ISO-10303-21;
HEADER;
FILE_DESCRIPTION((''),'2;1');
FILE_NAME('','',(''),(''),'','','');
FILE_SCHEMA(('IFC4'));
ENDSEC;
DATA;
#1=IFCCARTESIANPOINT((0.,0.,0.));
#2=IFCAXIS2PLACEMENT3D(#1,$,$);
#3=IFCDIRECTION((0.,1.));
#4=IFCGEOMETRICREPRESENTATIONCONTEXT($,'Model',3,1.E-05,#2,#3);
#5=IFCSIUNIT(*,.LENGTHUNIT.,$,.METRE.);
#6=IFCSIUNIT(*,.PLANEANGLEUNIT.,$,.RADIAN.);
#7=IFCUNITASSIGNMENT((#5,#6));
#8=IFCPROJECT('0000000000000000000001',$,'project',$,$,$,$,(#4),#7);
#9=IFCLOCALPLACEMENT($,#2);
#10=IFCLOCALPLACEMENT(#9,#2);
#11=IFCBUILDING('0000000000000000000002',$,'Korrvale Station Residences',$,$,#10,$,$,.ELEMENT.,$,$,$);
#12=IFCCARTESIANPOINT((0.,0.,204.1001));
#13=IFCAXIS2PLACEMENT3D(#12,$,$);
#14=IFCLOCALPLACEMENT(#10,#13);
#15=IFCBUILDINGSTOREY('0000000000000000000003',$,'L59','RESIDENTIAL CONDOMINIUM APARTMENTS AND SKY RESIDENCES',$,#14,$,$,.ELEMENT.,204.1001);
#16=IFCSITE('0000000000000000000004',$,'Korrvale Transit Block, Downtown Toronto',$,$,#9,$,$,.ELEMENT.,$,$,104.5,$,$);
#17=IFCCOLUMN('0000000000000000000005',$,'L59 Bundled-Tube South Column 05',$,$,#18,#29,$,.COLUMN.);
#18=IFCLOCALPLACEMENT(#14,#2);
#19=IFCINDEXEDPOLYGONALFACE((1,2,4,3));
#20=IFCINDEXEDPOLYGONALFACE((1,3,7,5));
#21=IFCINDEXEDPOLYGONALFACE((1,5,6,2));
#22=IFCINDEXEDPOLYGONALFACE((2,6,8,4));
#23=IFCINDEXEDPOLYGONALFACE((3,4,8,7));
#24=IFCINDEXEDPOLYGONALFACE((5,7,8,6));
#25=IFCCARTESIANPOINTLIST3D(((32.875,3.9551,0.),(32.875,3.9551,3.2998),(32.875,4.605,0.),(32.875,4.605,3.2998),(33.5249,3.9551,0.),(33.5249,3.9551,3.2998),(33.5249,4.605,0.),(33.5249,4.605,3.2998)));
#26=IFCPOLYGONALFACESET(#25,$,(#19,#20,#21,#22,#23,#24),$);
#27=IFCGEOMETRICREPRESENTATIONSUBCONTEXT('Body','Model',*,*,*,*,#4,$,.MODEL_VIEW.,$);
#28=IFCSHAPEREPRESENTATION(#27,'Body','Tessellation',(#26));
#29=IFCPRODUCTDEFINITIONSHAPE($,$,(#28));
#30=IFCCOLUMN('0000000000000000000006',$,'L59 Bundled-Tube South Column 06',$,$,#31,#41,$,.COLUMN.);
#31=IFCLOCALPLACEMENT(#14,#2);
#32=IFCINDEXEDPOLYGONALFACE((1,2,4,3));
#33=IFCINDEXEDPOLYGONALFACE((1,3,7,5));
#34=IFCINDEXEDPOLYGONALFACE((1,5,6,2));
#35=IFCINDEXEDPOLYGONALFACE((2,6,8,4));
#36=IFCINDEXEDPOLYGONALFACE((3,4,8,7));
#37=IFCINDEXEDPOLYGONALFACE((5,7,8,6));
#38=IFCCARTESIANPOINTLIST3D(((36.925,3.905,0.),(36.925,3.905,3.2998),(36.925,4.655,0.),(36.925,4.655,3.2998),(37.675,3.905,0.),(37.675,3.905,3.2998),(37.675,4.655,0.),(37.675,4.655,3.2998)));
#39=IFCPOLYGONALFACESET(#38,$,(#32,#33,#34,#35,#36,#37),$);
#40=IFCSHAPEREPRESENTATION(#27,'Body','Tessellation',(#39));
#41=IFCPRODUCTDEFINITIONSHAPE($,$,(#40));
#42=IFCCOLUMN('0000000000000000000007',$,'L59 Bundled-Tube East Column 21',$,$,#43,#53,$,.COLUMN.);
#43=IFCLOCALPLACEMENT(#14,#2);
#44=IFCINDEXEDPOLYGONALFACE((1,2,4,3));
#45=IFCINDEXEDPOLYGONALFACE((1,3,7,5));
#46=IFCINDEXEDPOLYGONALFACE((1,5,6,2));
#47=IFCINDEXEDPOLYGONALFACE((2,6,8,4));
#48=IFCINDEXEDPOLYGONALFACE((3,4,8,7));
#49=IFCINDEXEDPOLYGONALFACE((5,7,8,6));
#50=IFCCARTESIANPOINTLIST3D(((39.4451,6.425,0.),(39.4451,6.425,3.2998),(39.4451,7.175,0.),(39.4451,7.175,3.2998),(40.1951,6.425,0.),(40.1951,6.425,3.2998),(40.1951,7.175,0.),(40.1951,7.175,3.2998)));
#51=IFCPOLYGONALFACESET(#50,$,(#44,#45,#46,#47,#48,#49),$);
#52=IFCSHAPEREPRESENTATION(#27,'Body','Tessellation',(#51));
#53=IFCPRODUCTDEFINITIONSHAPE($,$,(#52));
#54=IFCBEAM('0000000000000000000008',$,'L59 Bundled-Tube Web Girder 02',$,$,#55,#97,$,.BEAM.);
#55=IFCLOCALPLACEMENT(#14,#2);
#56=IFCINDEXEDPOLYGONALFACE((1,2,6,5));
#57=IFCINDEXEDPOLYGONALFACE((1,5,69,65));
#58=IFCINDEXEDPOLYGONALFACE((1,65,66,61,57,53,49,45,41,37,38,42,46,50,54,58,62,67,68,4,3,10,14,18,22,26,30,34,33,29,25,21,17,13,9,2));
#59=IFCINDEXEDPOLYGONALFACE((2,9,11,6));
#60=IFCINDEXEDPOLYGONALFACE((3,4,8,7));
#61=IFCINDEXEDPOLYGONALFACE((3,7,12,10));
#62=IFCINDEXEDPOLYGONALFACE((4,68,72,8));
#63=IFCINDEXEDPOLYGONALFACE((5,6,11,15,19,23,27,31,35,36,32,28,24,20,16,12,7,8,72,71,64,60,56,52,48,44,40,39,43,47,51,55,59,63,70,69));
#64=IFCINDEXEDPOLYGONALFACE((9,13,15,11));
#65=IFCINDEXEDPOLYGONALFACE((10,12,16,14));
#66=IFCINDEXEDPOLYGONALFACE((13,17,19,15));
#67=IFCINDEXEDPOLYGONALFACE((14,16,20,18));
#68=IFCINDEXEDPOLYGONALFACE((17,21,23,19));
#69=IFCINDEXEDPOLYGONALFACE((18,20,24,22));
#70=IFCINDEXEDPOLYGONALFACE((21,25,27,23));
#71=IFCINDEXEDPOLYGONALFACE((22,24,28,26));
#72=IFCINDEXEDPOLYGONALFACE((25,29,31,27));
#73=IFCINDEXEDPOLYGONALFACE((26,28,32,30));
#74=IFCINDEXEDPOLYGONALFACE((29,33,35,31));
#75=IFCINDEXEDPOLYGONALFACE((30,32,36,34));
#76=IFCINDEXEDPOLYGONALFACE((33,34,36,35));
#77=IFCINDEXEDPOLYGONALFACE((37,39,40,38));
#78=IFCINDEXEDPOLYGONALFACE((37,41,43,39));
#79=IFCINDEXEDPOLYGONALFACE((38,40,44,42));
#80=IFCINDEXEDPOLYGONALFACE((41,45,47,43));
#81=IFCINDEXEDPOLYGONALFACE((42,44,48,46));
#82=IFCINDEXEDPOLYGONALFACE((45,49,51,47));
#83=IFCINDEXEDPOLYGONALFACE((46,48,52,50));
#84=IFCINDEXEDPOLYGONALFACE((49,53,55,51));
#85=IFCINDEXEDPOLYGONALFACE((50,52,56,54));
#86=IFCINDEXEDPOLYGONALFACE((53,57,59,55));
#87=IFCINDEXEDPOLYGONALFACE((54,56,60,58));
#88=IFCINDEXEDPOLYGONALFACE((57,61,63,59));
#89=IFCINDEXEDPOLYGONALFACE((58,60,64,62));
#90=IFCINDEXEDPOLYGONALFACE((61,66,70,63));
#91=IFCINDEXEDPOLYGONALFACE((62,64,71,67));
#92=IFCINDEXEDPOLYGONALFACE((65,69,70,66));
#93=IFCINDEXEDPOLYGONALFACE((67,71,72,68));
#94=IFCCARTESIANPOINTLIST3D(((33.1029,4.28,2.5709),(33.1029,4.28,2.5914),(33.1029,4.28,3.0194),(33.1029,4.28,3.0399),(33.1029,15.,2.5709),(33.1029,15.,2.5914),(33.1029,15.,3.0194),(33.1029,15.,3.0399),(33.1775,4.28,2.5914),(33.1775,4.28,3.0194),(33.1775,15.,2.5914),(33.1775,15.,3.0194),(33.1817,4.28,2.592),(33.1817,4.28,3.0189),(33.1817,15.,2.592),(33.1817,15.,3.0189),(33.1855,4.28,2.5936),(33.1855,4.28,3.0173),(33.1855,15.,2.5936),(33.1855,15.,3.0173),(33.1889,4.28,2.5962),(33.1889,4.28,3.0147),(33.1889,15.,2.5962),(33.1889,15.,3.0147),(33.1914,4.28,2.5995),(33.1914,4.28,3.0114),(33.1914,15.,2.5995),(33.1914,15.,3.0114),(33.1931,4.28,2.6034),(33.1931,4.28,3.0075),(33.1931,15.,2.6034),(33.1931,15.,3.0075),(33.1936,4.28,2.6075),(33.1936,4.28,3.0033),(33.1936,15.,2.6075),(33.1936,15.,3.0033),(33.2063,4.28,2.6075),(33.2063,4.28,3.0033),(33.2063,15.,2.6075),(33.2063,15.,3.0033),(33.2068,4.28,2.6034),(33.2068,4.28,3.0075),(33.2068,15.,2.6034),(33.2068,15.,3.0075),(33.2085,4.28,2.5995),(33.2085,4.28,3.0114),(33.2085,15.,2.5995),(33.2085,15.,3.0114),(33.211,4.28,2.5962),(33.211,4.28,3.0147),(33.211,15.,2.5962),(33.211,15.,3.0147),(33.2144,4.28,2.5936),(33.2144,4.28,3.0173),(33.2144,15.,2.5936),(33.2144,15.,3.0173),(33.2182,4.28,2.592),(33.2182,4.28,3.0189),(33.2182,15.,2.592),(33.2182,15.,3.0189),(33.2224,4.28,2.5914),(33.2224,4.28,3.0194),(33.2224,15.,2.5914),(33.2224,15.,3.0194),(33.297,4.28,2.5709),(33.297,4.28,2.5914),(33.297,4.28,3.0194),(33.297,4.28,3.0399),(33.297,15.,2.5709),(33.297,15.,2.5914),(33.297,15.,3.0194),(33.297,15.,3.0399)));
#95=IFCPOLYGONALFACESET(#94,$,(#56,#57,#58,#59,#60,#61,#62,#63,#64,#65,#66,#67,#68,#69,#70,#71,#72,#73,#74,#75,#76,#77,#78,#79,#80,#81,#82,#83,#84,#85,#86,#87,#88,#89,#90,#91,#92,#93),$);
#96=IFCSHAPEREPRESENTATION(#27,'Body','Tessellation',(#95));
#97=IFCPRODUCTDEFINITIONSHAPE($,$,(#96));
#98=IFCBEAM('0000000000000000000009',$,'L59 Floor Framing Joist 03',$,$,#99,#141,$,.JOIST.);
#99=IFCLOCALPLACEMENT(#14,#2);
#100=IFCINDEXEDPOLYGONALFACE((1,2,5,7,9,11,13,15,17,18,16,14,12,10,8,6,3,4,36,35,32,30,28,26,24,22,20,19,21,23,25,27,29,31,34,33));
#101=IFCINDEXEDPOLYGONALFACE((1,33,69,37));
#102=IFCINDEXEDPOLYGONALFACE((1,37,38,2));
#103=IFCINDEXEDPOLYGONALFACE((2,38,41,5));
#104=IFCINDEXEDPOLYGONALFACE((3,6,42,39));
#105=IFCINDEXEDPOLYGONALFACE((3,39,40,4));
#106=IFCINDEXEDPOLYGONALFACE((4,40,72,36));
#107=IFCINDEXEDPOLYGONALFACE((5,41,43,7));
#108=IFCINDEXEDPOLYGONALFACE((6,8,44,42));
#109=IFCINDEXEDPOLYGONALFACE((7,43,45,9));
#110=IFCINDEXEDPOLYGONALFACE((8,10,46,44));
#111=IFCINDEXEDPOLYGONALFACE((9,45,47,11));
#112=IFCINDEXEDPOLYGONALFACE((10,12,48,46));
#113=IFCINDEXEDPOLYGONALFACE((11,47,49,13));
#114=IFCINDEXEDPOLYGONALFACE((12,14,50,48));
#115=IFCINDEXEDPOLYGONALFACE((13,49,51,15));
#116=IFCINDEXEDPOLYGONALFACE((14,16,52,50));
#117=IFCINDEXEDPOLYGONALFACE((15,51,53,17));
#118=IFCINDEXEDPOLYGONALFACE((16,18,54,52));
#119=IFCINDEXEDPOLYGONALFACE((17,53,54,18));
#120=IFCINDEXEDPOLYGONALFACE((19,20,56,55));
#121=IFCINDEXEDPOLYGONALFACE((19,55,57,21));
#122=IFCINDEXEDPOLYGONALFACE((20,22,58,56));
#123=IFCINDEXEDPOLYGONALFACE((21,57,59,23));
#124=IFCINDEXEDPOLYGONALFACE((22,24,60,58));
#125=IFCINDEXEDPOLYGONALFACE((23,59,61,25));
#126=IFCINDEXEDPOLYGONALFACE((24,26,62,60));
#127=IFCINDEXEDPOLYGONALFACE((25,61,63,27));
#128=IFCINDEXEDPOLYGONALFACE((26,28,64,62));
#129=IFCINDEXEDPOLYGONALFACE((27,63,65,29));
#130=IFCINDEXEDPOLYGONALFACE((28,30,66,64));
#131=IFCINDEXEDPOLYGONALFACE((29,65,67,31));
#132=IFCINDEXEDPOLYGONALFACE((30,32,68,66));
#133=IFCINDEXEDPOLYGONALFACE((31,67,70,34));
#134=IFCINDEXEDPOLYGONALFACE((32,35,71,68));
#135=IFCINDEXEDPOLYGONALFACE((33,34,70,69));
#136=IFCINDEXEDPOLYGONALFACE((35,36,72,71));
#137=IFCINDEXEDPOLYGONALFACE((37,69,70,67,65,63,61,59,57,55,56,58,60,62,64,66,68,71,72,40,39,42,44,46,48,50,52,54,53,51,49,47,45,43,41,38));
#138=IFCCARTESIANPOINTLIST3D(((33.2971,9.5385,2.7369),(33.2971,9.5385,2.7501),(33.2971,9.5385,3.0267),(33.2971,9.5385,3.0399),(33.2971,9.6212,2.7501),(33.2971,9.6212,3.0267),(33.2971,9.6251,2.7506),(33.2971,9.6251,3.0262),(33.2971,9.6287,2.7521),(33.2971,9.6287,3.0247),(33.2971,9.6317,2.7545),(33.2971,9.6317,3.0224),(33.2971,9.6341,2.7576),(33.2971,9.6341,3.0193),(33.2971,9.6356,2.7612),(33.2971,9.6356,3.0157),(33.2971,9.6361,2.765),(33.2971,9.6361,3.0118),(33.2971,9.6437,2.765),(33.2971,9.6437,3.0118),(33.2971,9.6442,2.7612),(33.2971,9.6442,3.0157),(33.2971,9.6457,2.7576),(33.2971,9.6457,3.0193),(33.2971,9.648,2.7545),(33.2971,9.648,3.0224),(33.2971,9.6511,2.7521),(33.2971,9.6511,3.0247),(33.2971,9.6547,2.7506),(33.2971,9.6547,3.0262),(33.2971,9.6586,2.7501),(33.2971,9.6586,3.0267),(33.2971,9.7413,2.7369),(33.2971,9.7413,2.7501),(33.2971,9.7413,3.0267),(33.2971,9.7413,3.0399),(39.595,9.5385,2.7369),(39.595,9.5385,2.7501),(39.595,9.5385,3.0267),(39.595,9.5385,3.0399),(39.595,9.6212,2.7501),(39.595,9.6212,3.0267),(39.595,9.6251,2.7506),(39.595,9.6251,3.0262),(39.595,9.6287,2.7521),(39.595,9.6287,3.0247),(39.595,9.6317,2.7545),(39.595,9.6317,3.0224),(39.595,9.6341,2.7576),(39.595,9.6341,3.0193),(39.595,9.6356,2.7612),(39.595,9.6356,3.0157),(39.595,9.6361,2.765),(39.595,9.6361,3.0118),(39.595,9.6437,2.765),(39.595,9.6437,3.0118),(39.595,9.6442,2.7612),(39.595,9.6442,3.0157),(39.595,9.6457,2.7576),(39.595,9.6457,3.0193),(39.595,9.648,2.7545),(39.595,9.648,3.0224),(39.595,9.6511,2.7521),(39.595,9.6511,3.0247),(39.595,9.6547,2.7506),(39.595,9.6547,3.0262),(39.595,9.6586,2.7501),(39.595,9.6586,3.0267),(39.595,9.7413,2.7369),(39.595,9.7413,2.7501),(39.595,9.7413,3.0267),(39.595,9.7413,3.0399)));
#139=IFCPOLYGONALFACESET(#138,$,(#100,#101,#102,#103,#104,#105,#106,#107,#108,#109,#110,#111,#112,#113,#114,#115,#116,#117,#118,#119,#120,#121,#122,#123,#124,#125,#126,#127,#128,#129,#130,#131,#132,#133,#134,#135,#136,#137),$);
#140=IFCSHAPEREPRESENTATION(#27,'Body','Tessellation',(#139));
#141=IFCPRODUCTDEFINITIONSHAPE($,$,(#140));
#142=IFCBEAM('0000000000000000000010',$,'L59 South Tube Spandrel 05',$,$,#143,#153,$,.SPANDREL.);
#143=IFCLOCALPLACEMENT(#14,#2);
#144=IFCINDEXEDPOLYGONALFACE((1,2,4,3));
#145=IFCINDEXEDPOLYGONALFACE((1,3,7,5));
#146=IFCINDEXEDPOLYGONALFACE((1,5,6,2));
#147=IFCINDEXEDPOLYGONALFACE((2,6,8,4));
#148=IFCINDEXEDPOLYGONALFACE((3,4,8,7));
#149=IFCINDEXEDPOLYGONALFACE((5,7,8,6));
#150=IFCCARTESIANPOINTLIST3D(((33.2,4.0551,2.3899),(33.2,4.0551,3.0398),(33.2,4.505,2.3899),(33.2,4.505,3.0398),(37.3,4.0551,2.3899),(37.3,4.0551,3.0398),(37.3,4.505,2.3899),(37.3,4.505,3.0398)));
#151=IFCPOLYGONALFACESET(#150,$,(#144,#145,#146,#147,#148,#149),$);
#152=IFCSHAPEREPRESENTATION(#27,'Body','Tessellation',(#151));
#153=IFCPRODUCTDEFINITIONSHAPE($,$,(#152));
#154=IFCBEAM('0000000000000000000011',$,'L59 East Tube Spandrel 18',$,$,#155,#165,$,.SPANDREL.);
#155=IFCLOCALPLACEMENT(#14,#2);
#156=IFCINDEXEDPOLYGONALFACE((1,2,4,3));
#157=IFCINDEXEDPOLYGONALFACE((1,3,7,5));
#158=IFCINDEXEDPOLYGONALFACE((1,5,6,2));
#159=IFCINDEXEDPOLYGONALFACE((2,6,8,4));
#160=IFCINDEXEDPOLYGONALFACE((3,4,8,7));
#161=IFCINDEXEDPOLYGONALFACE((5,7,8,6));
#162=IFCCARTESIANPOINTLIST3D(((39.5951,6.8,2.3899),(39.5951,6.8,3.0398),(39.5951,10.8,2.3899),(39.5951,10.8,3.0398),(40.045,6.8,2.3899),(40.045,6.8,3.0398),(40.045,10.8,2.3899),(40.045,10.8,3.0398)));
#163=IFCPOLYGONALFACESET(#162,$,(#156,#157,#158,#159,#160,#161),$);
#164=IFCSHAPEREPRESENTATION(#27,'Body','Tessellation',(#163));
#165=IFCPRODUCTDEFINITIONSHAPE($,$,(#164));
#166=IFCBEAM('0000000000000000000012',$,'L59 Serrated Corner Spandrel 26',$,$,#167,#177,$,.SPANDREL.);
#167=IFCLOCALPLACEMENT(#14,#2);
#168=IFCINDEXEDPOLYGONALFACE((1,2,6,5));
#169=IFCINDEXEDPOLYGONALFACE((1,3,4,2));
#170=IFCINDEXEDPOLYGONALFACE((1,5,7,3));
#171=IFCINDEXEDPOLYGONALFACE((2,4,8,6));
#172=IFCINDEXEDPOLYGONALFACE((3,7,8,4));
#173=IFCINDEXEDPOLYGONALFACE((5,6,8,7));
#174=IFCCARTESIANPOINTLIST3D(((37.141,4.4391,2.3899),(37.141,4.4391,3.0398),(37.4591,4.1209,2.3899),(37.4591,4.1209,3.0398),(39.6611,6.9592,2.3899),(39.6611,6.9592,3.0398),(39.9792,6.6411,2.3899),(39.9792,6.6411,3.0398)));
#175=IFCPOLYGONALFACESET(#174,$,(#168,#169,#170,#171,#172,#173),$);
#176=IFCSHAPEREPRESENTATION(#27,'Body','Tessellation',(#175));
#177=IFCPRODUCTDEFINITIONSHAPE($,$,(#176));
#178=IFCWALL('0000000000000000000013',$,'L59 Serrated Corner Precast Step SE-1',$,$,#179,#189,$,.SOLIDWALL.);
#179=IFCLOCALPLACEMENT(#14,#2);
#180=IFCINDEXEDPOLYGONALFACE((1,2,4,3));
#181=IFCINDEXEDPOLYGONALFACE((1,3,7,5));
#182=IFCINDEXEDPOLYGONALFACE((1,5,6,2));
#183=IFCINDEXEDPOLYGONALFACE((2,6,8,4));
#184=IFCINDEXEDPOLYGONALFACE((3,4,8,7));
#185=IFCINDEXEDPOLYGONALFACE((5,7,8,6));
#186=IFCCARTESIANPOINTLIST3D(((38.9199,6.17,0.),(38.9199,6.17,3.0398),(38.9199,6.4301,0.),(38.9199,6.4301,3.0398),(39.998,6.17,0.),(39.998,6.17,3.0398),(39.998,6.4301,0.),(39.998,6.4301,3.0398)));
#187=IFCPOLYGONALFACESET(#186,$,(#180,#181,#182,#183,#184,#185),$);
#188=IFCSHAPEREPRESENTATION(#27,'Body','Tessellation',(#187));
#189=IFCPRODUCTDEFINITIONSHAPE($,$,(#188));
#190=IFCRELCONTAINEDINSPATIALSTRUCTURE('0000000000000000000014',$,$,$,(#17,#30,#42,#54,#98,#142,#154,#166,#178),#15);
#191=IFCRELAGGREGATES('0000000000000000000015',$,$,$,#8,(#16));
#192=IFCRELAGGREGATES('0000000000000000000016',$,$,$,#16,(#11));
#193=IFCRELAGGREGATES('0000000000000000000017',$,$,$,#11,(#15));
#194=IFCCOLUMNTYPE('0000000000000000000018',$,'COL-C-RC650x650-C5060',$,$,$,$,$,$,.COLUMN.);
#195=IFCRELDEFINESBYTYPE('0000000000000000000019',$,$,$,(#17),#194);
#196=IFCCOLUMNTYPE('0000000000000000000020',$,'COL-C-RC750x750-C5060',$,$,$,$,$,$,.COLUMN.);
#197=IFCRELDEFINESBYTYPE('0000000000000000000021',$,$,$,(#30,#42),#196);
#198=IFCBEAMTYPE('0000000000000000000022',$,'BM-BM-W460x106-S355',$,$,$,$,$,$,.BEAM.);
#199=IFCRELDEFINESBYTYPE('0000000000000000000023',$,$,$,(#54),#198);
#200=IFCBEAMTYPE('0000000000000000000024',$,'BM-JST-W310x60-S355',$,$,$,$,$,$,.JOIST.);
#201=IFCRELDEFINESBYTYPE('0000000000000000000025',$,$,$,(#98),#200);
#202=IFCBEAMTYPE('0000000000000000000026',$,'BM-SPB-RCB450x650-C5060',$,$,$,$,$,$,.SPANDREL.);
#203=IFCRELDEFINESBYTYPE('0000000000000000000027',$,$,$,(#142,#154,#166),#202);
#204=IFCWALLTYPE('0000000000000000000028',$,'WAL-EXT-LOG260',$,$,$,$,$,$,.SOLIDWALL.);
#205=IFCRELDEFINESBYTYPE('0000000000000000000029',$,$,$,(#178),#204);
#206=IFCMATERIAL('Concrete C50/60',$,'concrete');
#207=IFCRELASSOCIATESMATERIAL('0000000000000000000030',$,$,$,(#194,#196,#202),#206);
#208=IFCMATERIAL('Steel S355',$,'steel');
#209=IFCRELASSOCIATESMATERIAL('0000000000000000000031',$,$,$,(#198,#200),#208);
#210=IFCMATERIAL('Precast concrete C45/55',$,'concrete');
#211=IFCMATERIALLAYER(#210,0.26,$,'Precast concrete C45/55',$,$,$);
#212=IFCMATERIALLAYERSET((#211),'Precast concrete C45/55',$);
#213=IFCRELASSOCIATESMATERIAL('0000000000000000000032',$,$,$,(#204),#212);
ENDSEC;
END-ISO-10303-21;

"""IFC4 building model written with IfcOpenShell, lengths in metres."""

from ifc_helpers import new_model, si_unit, direction, frame, frame_2d, origin, origin_2d, place, context, subcontext, project, spatial, rectangle, i_section, extrude, material, layer, layer_set, material_profile, profile_set, type_object, element, save


model = new_model("IFC4")

# Units and contexts
model_context = context("Model", 3, precision=1e-05, world=origin(), true_north=direction((0.0, 1.0)))
body_context = subcontext(model_context, "Body", "Model", "MODEL_VIEW")
ifc_project = project(units=[si_unit("LENGTHUNIT", "METRE"), si_unit("PLANEANGLEUNIT", "RADIAN")], contexts=[model_context])

# Site, building, storey
site_placement = place(None, origin())
site = spatial("IfcSite", under=ifc_project, at=site_placement, Name="Korrvale Transit Block, Downtown Toronto", CompositionType="ELEMENT", RefElevation=104.5)
building_placement = place(site_placement, origin())
building = spatial("IfcBuilding", under=site, at=building_placement, Name="Korrvale Station Residences", CompositionType="ELEMENT")
storey_placement = place(building_placement, frame((0.0, 0.0, 204.1001)))
storey = spatial("IfcBuildingStorey", under=building, at=storey_placement, Name="L59", Description="RESIDENTIAL CONDOMINIUM APARTMENTS AND SKY RESIDENCES", CompositionType="ELEMENT", Elevation=204.1001)

# Columns
ifc_material_1 = material(Name="Concrete C50/60", Category="concrete")
ifc_material_profile_1 = material_profile(ifc_material_1, rectangle(XDim=0.6499, YDim=0.6499, at=origin_2d()), Name="RC650x650")
ifc_profile_set_1 = profile_set([ifc_material_profile_1], Name="Concrete C50/60")
column_type_1 = type_object("IfcColumnType", Name="COL-C-RC650x650-C5060", PredefinedType="COLUMN", material=ifc_profile_set_1)
column_placement = place(storey_placement, frame((33.2, 4.28, 0.0), z_axis=(0.0, 0.0, 1.0), x_axis=(1.0, 0.0, 0.0)))
element("IfcColumn", 1, at=column_placement, inside=storey, type_object=column_type_1, Name="L59 Bundled-Tube South Column 05", PredefinedType="COLUMN", context=body_context, shape_type="SweptSolid", body=[
    extrude(rectangle(XDim=0.6499, YDim=0.6499, at=origin_2d()), origin(), (0.0, 0.0, 1.0), 3.2998),
])
ifc_material_profile_2 = material_profile(ifc_material_1, rectangle(XDim=0.75, YDim=0.75, at=origin_2d()), Name="RC750x750")
ifc_profile_set_2 = profile_set([ifc_material_profile_2], Name="Concrete C50/60")
column_type_2 = type_object("IfcColumnType", Name="COL-C-RC750x750-C5060", PredefinedType="COLUMN", material=ifc_profile_set_2)
for number, where, z_axis, x_axis, name in (
    (2, (37.3, 4.28, 0.0), (0.0, 0.0, 1.0), (1.0, 0.0, 0.0), "L59 Bundled-Tube South Column 06"),
    (3, (39.8201, 6.8, 0.0), (0.0, 0.0, 1.0), (1.0, 0.0, 0.0), "L59 Bundled-Tube East Column 21"),
):
    element("IfcColumn", number, at=place(storey_placement, frame(where, z_axis=z_axis, x_axis=x_axis)), inside=storey, type_object=column_type_2, Name=name, PredefinedType="COLUMN", context=body_context, shape_type="SweptSolid", body=[
        extrude(rectangle(XDim=0.75, YDim=0.75, at=origin_2d()), origin(), (0.0, 0.0, 1.0), 3.2998),
    ])

# Beams
ifc_material_2 = material(Name="Steel S355", Category="steel")
ifc_material_profile_3 = material_profile(ifc_material_2, i_section(OverallWidth=0.1941, OverallDepth=0.469, WebThickness=0.0127, FlangeThickness=0.0205, FilletRadius=0.0161, at=origin_2d()), Name="W460x106")
ifc_profile_set_3 = profile_set([ifc_material_profile_3], Name="Steel S355")
beam_type_1 = type_object("IfcBeamType", Name="BM-BM-W460x106-S355", PredefinedType="BEAM", material=ifc_profile_set_3)
beam_1_placement = place(storey_placement, frame((33.2, 4.28, 2.8054), z_axis=(0.0, 1.0, 0.0), x_axis=(-1.0, 0.0, 0.0)))
element("IfcBeam", 4, at=beam_1_placement, inside=storey, type_object=beam_type_1, Name="L59 Bundled-Tube Web Girder 02", PredefinedType="BEAM", context=body_context, shape_type="SweptSolid", body=[
    extrude(i_section(OverallWidth=0.1941, OverallDepth=0.469, WebThickness=0.0127, FlangeThickness=0.0205, FilletRadius=0.0161, at=origin_2d()), origin(), (0.0, 0.0, 1.0), 10.72),
])
ifc_material_profile_4 = material_profile(ifc_material_2, i_section(OverallWidth=0.2029, OverallDepth=0.303, WebThickness=0.0076, FlangeThickness=0.0132, FilletRadius=0.0149, at=origin_2d()), Name="W310x60")
ifc_profile_set_4 = profile_set([ifc_material_profile_4], Name="Steel S355")
beam_type_2 = type_object("IfcBeamType", Name="BM-JST-W310x60-S355", PredefinedType="JOIST", material=ifc_profile_set_4)
beam_2_placement = place(storey_placement, frame((33.2971, 9.6399, 2.8884), z_axis=(1.0, 0.0, 0.0), x_axis=(0.0, 1.0, 0.0)))
element("IfcBeam", 5, at=beam_2_placement, inside=storey, type_object=beam_type_2, Name="L59 Floor Framing Joist 03", PredefinedType="JOIST", context=body_context, shape_type="SweptSolid", body=[
    extrude(i_section(OverallWidth=0.2029, OverallDepth=0.303, WebThickness=0.0076, FlangeThickness=0.0132, FilletRadius=0.0149, at=origin_2d()), origin(), (0.0, 0.0, 1.0), 6.2979),
])
ifc_material_profile_5 = material_profile(ifc_material_1, rectangle(XDim=0.45, YDim=0.6499, at=origin_2d()), Name="RCB450x650")
ifc_profile_set_5 = profile_set([ifc_material_profile_5], Name="Concrete C50/60")
beam_type_3 = type_object("IfcBeamType", Name="BM-SPB-RCB450x650-C5060", PredefinedType="SPANDREL", material=ifc_profile_set_5)
beam_3_placement = place(storey_placement, frame((33.2, 4.28, 2.7148), z_axis=(1.0, 0.0, 0.0), x_axis=(0.0, 1.0, 0.0)))
element("IfcBeam", 6, at=beam_3_placement, inside=storey, type_object=beam_type_3, Name="L59 South Tube Spandrel 05", PredefinedType="SPANDREL", context=body_context, shape_type="SweptSolid", body=[
    extrude(rectangle(XDim=0.45, YDim=0.6499, at=origin_2d()), origin(), (0.0, 0.0, 1.0), 4.1001),
])
beam_4_placement = place(storey_placement, frame((39.8201, 6.8, 2.7148), z_axis=(0.0, 1.0, 0.0), x_axis=(-1.0, 0.0, 0.0)))
element("IfcBeam", 7, at=beam_4_placement, inside=storey, type_object=beam_type_3, Name="L59 East Tube Spandrel 18", PredefinedType="SPANDREL", context=body_context, shape_type="SweptSolid", body=[
    extrude(rectangle(XDim=0.45, YDim=0.6499, at=origin_2d()), origin(), (0.0, 0.0, 1.0), 4.0),
])
beam_5_placement = place(storey_placement, frame((37.3, 4.28, 2.7148), z_axis=(0.707107, 0.707107, 0.0), x_axis=(-0.707107, 0.707107, 0.0)))
element("IfcBeam", 8, at=beam_5_placement, inside=storey, type_object=beam_type_3, Name="L59 Serrated Corner Spandrel 26", PredefinedType="SPANDREL", context=body_context, shape_type="SweptSolid", body=[
    extrude(rectangle(XDim=0.45, YDim=0.6499, at=origin_2d()), origin(), (0.0, 0.0, 1.0), 3.564),
])

# Wall
ifc_material_3 = material(Name="Precast concrete C45/55", Category="concrete")
ifc_layer_1 = layer(ifc_material_3, 0.26, Name="Precast concrete C45/55")
ifc_layer_set_1 = layer_set([ifc_layer_1], Name="Precast concrete C45/55")
wall_type_1 = type_object("IfcWallType", Name="WAL-EXT-LOG260", PredefinedType="SOLIDWALL", material=ifc_layer_set_1)
wall_1_placement = place(storey_placement, frame((39.998, 6.3, 0.0), z_axis=(0.0, 0.0, 1.0), x_axis=(-1.0, 0.0, 0.0)))
element("IfcWall", 9, at=wall_1_placement, inside=storey, type_object=wall_type_1, Name="L59 Serrated Corner Precast Step SE-1", PredefinedType="SOLIDWALL", context=body_context, shape_type="SweptSolid", body=[
    extrude(rectangle(XDim=1.0781, YDim=0.26, at=frame_2d((0.5391, 0.0))), origin(), (0.0, 0.0, 1.0), 3.0398),
])

save(model, "model.ifc")
